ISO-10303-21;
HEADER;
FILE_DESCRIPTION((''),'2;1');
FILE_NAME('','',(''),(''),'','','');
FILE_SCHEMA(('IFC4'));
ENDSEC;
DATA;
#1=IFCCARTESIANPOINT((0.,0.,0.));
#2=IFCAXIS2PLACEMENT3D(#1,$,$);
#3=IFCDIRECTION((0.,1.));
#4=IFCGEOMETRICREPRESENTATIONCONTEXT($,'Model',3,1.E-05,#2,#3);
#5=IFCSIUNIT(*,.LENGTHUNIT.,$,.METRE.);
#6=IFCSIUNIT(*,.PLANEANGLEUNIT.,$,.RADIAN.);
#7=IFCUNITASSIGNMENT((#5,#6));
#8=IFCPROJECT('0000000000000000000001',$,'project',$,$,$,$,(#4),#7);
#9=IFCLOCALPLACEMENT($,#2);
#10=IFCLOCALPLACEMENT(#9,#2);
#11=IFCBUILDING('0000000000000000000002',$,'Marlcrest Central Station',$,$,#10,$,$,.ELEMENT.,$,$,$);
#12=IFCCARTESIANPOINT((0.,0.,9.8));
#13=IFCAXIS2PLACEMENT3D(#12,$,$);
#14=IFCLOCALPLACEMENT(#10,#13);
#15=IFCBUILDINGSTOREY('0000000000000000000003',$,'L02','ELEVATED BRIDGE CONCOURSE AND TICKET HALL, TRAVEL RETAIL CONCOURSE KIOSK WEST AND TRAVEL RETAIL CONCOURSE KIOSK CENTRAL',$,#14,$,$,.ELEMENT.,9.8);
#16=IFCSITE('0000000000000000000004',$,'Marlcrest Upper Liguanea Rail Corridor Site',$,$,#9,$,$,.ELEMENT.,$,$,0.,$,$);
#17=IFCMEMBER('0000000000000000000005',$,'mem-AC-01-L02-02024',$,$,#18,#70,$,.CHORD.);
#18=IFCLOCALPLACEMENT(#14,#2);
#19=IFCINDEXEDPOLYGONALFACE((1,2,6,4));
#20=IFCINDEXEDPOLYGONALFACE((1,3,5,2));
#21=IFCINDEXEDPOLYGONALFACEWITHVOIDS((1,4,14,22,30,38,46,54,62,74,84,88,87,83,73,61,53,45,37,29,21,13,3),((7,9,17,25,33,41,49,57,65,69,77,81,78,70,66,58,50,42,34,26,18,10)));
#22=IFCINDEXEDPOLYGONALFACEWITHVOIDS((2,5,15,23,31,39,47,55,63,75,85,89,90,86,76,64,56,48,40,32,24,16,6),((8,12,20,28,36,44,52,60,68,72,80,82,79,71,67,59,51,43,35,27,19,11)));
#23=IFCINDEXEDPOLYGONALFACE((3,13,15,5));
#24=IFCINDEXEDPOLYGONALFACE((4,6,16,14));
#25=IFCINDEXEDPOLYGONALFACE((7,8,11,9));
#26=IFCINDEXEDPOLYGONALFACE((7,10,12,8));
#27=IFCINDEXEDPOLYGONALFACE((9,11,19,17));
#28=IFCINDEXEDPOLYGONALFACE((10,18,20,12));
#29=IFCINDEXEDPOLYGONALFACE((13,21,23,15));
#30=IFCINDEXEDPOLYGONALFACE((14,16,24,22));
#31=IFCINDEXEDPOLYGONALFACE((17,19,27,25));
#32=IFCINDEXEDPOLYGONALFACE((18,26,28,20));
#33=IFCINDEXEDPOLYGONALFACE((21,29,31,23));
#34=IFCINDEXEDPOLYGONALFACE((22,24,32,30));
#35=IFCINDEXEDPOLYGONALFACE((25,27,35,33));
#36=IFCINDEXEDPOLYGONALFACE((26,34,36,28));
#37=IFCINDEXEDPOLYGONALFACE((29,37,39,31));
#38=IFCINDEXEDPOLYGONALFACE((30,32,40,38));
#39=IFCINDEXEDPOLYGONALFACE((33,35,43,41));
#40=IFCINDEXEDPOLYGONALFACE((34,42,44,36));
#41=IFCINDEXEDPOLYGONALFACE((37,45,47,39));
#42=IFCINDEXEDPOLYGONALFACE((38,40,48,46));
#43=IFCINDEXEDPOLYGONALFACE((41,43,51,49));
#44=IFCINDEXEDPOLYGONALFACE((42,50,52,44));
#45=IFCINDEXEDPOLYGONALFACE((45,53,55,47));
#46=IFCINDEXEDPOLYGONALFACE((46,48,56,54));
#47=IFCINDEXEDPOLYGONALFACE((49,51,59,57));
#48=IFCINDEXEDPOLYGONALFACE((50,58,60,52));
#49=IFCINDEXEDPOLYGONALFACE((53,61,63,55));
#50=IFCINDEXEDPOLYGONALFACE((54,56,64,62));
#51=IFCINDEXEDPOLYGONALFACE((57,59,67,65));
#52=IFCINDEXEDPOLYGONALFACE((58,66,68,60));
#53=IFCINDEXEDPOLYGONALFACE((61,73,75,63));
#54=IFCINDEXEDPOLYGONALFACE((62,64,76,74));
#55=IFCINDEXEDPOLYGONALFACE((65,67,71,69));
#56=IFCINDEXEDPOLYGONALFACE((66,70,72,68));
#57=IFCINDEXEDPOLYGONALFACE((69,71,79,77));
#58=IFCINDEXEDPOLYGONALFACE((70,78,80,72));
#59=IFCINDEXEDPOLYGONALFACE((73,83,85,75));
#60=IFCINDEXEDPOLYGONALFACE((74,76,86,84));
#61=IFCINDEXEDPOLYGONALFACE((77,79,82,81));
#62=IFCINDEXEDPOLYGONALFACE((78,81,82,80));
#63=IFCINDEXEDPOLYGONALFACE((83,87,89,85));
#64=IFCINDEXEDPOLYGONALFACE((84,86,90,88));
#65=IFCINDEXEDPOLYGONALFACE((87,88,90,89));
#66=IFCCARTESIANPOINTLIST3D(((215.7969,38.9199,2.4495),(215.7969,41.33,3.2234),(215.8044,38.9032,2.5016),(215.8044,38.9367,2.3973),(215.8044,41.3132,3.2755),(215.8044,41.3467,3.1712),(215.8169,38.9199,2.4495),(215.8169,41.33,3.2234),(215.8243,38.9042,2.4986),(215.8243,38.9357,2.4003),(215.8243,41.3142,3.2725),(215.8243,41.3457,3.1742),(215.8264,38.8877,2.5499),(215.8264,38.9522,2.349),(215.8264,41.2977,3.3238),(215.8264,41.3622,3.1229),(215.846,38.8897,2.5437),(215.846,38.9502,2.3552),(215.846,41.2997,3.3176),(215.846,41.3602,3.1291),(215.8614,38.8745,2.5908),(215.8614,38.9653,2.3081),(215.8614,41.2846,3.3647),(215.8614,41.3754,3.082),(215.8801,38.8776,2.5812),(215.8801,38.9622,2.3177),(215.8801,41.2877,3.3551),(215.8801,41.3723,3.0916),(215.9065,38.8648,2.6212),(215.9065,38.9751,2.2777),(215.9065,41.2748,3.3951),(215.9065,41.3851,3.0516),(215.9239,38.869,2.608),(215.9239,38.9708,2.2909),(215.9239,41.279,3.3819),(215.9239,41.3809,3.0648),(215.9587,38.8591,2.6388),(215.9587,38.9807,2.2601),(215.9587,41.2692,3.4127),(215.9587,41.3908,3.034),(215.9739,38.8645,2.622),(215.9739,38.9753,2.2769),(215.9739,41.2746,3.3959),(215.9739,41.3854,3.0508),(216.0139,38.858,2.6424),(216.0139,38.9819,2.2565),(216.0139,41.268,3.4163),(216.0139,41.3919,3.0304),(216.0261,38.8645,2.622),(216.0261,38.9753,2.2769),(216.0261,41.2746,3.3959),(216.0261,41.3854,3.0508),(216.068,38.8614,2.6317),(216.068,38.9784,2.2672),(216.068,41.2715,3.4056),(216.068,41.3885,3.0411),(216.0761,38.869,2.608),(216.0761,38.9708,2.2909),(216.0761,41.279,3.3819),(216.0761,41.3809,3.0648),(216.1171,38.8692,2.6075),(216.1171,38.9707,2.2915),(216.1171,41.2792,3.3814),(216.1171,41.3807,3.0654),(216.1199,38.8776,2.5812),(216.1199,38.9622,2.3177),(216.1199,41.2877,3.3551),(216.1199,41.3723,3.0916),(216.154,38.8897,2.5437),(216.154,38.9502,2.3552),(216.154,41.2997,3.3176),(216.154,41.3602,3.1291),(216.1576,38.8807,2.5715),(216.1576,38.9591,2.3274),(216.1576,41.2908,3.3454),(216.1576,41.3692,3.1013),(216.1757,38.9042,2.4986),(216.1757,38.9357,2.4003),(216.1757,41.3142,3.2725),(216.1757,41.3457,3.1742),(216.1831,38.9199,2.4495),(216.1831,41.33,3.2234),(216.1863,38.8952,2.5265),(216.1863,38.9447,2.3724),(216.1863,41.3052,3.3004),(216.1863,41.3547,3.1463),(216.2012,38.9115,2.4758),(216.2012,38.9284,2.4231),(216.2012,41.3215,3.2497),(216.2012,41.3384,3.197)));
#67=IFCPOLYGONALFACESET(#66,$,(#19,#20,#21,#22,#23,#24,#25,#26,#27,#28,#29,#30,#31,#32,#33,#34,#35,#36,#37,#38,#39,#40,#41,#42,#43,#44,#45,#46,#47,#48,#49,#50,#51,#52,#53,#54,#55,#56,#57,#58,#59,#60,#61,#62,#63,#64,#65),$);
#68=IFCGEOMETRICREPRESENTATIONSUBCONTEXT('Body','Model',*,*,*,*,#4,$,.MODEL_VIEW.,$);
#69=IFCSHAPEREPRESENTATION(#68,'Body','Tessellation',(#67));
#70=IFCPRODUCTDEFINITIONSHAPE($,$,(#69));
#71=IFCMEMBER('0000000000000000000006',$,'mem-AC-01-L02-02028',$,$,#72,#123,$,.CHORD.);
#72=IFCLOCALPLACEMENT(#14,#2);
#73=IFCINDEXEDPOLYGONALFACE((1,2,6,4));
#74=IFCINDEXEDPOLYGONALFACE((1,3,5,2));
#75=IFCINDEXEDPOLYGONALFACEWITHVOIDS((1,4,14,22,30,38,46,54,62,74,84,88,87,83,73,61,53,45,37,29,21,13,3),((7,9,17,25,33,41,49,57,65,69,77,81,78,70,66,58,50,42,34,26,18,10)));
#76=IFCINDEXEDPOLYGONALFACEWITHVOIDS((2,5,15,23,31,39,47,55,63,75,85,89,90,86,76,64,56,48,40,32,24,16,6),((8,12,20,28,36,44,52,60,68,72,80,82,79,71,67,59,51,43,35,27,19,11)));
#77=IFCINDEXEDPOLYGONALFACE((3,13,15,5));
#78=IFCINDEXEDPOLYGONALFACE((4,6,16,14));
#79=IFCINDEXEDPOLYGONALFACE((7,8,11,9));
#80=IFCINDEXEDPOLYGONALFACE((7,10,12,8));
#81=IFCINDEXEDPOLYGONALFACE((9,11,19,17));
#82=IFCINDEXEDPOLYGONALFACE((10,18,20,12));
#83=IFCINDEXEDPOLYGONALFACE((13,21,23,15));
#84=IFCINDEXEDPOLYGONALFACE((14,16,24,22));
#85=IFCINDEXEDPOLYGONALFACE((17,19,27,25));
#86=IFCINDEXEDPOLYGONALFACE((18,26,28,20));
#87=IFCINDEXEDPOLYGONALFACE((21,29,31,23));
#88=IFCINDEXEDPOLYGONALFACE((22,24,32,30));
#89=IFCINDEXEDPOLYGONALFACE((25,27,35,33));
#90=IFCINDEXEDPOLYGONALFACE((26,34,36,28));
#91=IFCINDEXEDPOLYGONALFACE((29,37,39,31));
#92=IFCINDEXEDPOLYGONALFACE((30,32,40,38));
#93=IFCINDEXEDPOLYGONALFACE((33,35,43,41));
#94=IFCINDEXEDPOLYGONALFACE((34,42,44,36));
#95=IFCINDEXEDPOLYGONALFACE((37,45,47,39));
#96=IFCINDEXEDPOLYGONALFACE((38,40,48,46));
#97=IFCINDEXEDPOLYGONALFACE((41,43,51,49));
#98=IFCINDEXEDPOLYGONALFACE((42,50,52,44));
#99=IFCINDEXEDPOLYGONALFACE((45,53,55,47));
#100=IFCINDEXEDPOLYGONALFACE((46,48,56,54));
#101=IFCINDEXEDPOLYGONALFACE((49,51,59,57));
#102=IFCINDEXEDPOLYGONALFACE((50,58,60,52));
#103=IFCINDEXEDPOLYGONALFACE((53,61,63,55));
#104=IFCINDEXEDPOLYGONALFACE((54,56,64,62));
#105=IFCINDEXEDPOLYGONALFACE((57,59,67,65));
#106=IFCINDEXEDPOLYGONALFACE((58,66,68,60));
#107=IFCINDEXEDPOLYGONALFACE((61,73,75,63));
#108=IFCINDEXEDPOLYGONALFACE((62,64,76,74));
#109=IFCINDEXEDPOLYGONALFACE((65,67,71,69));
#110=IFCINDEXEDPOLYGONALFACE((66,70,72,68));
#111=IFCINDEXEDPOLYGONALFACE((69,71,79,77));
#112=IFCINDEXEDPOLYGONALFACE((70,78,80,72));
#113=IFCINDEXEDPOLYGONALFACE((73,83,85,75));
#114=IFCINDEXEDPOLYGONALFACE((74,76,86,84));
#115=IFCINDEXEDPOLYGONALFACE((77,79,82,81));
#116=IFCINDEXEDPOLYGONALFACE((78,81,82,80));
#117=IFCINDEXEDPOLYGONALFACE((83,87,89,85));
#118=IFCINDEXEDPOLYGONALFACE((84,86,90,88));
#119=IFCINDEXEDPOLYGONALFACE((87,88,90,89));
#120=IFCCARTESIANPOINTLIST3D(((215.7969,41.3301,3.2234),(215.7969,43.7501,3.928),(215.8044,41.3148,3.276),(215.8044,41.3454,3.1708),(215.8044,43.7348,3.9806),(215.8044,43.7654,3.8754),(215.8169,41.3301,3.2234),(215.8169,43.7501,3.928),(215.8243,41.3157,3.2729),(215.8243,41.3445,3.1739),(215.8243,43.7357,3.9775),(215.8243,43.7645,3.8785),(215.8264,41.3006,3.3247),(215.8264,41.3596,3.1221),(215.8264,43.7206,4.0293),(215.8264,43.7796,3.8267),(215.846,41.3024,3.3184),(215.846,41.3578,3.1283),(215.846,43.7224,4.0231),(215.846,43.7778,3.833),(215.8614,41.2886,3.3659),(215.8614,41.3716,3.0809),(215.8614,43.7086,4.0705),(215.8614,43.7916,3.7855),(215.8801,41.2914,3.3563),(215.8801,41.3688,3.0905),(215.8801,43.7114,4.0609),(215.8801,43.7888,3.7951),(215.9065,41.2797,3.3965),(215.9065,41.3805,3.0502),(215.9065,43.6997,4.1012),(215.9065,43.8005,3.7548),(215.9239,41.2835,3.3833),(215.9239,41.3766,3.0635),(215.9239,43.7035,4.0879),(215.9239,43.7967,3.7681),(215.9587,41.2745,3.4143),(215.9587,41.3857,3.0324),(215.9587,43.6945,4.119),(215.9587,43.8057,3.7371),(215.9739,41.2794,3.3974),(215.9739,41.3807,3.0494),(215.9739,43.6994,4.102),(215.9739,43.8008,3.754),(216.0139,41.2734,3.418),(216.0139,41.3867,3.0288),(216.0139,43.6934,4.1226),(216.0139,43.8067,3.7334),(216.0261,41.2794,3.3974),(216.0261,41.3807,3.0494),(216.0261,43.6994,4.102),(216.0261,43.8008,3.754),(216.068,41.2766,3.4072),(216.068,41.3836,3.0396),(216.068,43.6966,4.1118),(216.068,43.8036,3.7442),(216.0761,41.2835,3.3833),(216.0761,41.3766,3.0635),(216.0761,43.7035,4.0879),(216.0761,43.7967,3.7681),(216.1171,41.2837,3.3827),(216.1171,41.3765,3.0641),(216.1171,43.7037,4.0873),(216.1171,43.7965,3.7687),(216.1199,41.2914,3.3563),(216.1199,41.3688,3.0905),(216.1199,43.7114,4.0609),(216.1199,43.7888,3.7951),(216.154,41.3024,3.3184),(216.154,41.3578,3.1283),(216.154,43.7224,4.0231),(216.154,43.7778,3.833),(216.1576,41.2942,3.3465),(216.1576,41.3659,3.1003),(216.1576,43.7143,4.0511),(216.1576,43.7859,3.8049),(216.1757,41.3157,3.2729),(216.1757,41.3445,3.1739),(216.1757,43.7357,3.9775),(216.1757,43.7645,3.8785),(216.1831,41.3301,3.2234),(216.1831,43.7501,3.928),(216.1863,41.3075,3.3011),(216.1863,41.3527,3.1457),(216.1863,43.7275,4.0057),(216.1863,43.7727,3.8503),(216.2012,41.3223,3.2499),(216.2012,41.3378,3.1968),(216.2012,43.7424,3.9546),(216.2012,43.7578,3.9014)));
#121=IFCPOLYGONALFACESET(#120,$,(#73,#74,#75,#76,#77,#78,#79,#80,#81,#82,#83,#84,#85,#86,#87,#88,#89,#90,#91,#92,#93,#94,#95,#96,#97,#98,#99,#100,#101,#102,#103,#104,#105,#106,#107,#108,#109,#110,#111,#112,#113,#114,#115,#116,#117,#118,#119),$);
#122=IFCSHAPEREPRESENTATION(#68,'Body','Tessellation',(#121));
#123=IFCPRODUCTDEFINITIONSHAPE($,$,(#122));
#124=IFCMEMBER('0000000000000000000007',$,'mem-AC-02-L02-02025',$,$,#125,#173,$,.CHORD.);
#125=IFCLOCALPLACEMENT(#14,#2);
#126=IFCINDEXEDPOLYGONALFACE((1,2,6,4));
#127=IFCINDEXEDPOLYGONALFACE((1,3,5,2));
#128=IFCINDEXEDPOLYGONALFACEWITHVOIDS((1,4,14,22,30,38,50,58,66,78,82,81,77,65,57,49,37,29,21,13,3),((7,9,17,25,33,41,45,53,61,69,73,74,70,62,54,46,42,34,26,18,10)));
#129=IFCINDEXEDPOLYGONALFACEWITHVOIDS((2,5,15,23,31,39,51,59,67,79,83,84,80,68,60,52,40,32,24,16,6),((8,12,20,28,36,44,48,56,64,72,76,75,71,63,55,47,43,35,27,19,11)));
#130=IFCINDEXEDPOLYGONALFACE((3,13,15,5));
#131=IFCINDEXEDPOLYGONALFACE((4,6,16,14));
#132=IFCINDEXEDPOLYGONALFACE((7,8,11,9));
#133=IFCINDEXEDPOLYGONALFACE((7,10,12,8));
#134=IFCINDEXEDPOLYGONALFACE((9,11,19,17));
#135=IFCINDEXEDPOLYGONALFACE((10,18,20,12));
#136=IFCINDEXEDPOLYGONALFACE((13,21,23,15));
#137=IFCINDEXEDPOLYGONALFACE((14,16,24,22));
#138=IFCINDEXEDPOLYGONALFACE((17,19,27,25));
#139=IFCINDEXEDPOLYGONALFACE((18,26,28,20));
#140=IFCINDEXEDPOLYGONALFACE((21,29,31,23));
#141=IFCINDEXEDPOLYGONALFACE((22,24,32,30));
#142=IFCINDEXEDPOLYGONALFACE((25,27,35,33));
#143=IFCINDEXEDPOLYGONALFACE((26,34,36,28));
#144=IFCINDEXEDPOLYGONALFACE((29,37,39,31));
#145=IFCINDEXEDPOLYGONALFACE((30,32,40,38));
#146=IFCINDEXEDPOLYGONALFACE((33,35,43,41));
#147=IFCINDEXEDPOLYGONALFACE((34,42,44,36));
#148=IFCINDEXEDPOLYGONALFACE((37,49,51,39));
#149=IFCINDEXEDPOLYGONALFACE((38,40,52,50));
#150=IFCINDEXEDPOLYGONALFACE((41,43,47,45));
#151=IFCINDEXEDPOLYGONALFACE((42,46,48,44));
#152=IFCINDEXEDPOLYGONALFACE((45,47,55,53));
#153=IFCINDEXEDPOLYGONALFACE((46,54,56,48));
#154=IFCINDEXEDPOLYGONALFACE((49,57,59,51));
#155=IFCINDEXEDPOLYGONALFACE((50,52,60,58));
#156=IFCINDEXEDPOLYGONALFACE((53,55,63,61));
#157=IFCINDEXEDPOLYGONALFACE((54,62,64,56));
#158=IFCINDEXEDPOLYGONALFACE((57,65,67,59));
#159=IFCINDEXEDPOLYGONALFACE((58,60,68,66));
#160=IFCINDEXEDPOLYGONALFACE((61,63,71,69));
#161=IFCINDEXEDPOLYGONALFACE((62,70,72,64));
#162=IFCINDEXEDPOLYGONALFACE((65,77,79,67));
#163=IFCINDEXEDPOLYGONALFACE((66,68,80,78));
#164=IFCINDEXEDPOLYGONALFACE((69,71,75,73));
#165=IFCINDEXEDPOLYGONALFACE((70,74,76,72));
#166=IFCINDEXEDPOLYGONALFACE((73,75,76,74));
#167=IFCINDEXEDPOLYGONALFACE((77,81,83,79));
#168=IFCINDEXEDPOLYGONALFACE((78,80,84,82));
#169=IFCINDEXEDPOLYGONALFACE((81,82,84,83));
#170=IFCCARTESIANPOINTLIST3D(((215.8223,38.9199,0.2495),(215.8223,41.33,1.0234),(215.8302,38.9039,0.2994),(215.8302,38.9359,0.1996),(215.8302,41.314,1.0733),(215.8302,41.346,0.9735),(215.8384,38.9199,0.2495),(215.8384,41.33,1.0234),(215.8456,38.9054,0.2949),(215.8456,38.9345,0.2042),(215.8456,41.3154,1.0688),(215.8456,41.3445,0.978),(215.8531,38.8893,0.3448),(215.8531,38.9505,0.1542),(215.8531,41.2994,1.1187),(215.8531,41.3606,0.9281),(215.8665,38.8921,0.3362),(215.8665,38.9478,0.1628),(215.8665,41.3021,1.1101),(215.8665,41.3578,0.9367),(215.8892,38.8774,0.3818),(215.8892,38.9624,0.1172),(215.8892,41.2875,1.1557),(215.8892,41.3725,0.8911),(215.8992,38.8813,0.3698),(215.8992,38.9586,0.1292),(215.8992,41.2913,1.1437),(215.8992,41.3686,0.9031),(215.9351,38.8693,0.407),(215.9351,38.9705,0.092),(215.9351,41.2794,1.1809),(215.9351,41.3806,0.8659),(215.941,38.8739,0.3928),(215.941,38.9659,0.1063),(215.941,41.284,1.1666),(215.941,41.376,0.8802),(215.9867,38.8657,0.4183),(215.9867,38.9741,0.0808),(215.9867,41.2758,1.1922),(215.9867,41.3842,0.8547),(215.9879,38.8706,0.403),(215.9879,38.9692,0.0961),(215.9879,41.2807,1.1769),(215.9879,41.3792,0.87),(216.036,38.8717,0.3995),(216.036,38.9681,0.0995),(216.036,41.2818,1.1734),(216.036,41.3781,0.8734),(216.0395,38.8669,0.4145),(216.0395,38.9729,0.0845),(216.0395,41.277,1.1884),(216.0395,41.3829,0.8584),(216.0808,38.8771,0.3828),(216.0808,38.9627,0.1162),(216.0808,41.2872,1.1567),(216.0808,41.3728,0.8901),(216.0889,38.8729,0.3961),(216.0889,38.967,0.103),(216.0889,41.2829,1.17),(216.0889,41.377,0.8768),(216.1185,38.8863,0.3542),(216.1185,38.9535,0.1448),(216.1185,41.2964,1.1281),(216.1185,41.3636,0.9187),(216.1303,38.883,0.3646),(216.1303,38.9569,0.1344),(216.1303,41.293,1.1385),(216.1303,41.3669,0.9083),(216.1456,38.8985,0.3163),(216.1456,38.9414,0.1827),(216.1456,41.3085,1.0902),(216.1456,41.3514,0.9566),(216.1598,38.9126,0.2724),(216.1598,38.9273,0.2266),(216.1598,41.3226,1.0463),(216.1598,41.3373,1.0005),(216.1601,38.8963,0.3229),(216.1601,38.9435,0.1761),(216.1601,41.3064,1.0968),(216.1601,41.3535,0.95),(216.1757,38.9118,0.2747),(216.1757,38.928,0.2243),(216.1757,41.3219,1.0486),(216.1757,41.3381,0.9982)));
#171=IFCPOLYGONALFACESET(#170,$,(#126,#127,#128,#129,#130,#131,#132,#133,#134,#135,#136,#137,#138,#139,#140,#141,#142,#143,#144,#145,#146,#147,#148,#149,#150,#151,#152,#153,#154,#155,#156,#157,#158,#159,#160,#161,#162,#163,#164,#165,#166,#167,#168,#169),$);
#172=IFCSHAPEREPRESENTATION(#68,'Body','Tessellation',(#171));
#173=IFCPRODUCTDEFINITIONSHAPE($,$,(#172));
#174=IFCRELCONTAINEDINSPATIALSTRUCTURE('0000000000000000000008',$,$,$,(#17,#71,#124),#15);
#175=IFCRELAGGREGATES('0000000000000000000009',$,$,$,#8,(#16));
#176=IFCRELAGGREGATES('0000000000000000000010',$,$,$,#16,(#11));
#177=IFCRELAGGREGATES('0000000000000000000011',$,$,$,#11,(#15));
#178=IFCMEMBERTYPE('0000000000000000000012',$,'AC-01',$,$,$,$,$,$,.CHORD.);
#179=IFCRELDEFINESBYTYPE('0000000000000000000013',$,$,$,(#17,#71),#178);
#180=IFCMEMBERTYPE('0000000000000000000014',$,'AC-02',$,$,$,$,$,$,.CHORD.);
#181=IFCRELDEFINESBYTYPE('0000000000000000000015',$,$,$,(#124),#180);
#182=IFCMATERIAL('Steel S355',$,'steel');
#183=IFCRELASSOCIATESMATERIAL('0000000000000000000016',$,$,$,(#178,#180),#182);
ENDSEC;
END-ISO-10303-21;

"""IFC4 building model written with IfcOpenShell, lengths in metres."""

from ifc_helpers import new_model, si_unit, direction, frame, origin, origin_2d, place, context, subcontext, project, spatial, hollow_circle, extrude, material, material_profile, profile_set, type_object, element, save


model = new_model("IFC4")

# Units and contexts
model_context = context("Model", 3, precision=1e-05, world=origin(), true_north=direction((0.0, 1.0)))
body_context = subcontext(model_context, "Body", "Model", "MODEL_VIEW")
ifc_project = project(units=[si_unit("LENGTHUNIT", "METRE"), si_unit("PLANEANGLEUNIT", "RADIAN")], contexts=[model_context])

# Site, building, storey
site_placement = place(None, origin())
site = spatial("IfcSite", under=ifc_project, at=site_placement, Name="Marlcrest Upper Liguanea Rail Corridor Site", CompositionType="ELEMENT", RefElevation=0.0)
building_placement = place(site_placement, origin())
building = spatial("IfcBuilding", under=site, at=building_placement, Name="Marlcrest Central Station", CompositionType="ELEMENT")
storey_placement = place(building_placement, frame((0.0, 0.0, 9.8)))
storey = spatial("IfcBuildingStorey", under=building, at=storey_placement, Name="L02", Description="ELEVATED BRIDGE CONCOURSE AND TICKET HALL, TRAVEL RETAIL CONCOURSE KIOSK WEST AND TRAVEL RETAIL CONCOURSE KIOSK CENTRAL", CompositionType="ELEMENT", Elevation=9.8)

# Members
ifc_material = material(Name="Steel S355", Category="steel")
ifc_material_profile_1 = material_profile(ifc_material, hollow_circle(Radius=0.2031, WallThickness=0.02, at=origin_2d()), Name="CHS 406.4x20")
ifc_profile_set_1 = profile_set([ifc_material_profile_1], Name="Steel S355")
member_type_1 = type_object("IfcMemberType", Name="AC-01", PredefinedType="CHORD", material=ifc_profile_set_1)
member_1_placement = place(storey_placement, frame((216.0, 38.9199, 2.4495), z_axis=(0.0, 0.952117, 0.305734), x_axis=(-1.0, 0.0, 0.0)))
element("IfcMember", 1, at=member_1_placement, inside=storey, type_object=member_type_1, Name="mem-AC-01-L02-02024", PredefinedType="CHORD", context=body_context, shape_type="SweptSolid", body=[
    extrude(hollow_circle(Radius=0.2031, WallThickness=0.02, at=origin_2d()), origin(), (0.0, 0.0, 1.0), 2.5312),
])
member_2_placement = place(storey_placement, frame((216.0, 41.3301, 3.2234), z_axis=(0.0, 0.96013, 0.279554), x_axis=(-1.0, 0.0, 0.0)))
element("IfcMember", 2, at=member_2_placement, inside=storey, type_object=member_type_1, Name="mem-AC-01-L02-02028", PredefinedType="CHORD", context=body_context, shape_type="SweptSolid", body=[
    extrude(hollow_circle(Radius=0.2031, WallThickness=0.02, at=origin_2d()), origin(), (0.0, 0.0, 1.0), 2.5205),
])
ifc_material_profile_2 = material_profile(ifc_material, hollow_circle(Radius=0.1777, WallThickness=0.0161, at=origin_2d()), Name="CHS 355.6x16")
ifc_profile_set_2 = profile_set([ifc_material_profile_2], Name="Steel S355")
member_type_2 = type_object("IfcMemberType", Name="AC-02", PredefinedType="CHORD", material=ifc_profile_set_2)
member_3_placement = place(storey_placement, frame((216.0, 38.9199, 0.2495), z_axis=(0.0, 0.952117, 0.305734), x_axis=(-1.0, 0.0, 0.0)))
element("IfcMember", 3, at=member_3_placement, inside=storey, type_object=member_type_2, Name="mem-AC-02-L02-02025", PredefinedType="CHORD", context=body_context, shape_type="SweptSolid", body=[
    extrude(hollow_circle(Radius=0.1777, WallThickness=0.0161, at=origin_2d()), origin(), (0.0, 0.0, 1.0), 2.5312),
])

save(model, "model.ifc")
